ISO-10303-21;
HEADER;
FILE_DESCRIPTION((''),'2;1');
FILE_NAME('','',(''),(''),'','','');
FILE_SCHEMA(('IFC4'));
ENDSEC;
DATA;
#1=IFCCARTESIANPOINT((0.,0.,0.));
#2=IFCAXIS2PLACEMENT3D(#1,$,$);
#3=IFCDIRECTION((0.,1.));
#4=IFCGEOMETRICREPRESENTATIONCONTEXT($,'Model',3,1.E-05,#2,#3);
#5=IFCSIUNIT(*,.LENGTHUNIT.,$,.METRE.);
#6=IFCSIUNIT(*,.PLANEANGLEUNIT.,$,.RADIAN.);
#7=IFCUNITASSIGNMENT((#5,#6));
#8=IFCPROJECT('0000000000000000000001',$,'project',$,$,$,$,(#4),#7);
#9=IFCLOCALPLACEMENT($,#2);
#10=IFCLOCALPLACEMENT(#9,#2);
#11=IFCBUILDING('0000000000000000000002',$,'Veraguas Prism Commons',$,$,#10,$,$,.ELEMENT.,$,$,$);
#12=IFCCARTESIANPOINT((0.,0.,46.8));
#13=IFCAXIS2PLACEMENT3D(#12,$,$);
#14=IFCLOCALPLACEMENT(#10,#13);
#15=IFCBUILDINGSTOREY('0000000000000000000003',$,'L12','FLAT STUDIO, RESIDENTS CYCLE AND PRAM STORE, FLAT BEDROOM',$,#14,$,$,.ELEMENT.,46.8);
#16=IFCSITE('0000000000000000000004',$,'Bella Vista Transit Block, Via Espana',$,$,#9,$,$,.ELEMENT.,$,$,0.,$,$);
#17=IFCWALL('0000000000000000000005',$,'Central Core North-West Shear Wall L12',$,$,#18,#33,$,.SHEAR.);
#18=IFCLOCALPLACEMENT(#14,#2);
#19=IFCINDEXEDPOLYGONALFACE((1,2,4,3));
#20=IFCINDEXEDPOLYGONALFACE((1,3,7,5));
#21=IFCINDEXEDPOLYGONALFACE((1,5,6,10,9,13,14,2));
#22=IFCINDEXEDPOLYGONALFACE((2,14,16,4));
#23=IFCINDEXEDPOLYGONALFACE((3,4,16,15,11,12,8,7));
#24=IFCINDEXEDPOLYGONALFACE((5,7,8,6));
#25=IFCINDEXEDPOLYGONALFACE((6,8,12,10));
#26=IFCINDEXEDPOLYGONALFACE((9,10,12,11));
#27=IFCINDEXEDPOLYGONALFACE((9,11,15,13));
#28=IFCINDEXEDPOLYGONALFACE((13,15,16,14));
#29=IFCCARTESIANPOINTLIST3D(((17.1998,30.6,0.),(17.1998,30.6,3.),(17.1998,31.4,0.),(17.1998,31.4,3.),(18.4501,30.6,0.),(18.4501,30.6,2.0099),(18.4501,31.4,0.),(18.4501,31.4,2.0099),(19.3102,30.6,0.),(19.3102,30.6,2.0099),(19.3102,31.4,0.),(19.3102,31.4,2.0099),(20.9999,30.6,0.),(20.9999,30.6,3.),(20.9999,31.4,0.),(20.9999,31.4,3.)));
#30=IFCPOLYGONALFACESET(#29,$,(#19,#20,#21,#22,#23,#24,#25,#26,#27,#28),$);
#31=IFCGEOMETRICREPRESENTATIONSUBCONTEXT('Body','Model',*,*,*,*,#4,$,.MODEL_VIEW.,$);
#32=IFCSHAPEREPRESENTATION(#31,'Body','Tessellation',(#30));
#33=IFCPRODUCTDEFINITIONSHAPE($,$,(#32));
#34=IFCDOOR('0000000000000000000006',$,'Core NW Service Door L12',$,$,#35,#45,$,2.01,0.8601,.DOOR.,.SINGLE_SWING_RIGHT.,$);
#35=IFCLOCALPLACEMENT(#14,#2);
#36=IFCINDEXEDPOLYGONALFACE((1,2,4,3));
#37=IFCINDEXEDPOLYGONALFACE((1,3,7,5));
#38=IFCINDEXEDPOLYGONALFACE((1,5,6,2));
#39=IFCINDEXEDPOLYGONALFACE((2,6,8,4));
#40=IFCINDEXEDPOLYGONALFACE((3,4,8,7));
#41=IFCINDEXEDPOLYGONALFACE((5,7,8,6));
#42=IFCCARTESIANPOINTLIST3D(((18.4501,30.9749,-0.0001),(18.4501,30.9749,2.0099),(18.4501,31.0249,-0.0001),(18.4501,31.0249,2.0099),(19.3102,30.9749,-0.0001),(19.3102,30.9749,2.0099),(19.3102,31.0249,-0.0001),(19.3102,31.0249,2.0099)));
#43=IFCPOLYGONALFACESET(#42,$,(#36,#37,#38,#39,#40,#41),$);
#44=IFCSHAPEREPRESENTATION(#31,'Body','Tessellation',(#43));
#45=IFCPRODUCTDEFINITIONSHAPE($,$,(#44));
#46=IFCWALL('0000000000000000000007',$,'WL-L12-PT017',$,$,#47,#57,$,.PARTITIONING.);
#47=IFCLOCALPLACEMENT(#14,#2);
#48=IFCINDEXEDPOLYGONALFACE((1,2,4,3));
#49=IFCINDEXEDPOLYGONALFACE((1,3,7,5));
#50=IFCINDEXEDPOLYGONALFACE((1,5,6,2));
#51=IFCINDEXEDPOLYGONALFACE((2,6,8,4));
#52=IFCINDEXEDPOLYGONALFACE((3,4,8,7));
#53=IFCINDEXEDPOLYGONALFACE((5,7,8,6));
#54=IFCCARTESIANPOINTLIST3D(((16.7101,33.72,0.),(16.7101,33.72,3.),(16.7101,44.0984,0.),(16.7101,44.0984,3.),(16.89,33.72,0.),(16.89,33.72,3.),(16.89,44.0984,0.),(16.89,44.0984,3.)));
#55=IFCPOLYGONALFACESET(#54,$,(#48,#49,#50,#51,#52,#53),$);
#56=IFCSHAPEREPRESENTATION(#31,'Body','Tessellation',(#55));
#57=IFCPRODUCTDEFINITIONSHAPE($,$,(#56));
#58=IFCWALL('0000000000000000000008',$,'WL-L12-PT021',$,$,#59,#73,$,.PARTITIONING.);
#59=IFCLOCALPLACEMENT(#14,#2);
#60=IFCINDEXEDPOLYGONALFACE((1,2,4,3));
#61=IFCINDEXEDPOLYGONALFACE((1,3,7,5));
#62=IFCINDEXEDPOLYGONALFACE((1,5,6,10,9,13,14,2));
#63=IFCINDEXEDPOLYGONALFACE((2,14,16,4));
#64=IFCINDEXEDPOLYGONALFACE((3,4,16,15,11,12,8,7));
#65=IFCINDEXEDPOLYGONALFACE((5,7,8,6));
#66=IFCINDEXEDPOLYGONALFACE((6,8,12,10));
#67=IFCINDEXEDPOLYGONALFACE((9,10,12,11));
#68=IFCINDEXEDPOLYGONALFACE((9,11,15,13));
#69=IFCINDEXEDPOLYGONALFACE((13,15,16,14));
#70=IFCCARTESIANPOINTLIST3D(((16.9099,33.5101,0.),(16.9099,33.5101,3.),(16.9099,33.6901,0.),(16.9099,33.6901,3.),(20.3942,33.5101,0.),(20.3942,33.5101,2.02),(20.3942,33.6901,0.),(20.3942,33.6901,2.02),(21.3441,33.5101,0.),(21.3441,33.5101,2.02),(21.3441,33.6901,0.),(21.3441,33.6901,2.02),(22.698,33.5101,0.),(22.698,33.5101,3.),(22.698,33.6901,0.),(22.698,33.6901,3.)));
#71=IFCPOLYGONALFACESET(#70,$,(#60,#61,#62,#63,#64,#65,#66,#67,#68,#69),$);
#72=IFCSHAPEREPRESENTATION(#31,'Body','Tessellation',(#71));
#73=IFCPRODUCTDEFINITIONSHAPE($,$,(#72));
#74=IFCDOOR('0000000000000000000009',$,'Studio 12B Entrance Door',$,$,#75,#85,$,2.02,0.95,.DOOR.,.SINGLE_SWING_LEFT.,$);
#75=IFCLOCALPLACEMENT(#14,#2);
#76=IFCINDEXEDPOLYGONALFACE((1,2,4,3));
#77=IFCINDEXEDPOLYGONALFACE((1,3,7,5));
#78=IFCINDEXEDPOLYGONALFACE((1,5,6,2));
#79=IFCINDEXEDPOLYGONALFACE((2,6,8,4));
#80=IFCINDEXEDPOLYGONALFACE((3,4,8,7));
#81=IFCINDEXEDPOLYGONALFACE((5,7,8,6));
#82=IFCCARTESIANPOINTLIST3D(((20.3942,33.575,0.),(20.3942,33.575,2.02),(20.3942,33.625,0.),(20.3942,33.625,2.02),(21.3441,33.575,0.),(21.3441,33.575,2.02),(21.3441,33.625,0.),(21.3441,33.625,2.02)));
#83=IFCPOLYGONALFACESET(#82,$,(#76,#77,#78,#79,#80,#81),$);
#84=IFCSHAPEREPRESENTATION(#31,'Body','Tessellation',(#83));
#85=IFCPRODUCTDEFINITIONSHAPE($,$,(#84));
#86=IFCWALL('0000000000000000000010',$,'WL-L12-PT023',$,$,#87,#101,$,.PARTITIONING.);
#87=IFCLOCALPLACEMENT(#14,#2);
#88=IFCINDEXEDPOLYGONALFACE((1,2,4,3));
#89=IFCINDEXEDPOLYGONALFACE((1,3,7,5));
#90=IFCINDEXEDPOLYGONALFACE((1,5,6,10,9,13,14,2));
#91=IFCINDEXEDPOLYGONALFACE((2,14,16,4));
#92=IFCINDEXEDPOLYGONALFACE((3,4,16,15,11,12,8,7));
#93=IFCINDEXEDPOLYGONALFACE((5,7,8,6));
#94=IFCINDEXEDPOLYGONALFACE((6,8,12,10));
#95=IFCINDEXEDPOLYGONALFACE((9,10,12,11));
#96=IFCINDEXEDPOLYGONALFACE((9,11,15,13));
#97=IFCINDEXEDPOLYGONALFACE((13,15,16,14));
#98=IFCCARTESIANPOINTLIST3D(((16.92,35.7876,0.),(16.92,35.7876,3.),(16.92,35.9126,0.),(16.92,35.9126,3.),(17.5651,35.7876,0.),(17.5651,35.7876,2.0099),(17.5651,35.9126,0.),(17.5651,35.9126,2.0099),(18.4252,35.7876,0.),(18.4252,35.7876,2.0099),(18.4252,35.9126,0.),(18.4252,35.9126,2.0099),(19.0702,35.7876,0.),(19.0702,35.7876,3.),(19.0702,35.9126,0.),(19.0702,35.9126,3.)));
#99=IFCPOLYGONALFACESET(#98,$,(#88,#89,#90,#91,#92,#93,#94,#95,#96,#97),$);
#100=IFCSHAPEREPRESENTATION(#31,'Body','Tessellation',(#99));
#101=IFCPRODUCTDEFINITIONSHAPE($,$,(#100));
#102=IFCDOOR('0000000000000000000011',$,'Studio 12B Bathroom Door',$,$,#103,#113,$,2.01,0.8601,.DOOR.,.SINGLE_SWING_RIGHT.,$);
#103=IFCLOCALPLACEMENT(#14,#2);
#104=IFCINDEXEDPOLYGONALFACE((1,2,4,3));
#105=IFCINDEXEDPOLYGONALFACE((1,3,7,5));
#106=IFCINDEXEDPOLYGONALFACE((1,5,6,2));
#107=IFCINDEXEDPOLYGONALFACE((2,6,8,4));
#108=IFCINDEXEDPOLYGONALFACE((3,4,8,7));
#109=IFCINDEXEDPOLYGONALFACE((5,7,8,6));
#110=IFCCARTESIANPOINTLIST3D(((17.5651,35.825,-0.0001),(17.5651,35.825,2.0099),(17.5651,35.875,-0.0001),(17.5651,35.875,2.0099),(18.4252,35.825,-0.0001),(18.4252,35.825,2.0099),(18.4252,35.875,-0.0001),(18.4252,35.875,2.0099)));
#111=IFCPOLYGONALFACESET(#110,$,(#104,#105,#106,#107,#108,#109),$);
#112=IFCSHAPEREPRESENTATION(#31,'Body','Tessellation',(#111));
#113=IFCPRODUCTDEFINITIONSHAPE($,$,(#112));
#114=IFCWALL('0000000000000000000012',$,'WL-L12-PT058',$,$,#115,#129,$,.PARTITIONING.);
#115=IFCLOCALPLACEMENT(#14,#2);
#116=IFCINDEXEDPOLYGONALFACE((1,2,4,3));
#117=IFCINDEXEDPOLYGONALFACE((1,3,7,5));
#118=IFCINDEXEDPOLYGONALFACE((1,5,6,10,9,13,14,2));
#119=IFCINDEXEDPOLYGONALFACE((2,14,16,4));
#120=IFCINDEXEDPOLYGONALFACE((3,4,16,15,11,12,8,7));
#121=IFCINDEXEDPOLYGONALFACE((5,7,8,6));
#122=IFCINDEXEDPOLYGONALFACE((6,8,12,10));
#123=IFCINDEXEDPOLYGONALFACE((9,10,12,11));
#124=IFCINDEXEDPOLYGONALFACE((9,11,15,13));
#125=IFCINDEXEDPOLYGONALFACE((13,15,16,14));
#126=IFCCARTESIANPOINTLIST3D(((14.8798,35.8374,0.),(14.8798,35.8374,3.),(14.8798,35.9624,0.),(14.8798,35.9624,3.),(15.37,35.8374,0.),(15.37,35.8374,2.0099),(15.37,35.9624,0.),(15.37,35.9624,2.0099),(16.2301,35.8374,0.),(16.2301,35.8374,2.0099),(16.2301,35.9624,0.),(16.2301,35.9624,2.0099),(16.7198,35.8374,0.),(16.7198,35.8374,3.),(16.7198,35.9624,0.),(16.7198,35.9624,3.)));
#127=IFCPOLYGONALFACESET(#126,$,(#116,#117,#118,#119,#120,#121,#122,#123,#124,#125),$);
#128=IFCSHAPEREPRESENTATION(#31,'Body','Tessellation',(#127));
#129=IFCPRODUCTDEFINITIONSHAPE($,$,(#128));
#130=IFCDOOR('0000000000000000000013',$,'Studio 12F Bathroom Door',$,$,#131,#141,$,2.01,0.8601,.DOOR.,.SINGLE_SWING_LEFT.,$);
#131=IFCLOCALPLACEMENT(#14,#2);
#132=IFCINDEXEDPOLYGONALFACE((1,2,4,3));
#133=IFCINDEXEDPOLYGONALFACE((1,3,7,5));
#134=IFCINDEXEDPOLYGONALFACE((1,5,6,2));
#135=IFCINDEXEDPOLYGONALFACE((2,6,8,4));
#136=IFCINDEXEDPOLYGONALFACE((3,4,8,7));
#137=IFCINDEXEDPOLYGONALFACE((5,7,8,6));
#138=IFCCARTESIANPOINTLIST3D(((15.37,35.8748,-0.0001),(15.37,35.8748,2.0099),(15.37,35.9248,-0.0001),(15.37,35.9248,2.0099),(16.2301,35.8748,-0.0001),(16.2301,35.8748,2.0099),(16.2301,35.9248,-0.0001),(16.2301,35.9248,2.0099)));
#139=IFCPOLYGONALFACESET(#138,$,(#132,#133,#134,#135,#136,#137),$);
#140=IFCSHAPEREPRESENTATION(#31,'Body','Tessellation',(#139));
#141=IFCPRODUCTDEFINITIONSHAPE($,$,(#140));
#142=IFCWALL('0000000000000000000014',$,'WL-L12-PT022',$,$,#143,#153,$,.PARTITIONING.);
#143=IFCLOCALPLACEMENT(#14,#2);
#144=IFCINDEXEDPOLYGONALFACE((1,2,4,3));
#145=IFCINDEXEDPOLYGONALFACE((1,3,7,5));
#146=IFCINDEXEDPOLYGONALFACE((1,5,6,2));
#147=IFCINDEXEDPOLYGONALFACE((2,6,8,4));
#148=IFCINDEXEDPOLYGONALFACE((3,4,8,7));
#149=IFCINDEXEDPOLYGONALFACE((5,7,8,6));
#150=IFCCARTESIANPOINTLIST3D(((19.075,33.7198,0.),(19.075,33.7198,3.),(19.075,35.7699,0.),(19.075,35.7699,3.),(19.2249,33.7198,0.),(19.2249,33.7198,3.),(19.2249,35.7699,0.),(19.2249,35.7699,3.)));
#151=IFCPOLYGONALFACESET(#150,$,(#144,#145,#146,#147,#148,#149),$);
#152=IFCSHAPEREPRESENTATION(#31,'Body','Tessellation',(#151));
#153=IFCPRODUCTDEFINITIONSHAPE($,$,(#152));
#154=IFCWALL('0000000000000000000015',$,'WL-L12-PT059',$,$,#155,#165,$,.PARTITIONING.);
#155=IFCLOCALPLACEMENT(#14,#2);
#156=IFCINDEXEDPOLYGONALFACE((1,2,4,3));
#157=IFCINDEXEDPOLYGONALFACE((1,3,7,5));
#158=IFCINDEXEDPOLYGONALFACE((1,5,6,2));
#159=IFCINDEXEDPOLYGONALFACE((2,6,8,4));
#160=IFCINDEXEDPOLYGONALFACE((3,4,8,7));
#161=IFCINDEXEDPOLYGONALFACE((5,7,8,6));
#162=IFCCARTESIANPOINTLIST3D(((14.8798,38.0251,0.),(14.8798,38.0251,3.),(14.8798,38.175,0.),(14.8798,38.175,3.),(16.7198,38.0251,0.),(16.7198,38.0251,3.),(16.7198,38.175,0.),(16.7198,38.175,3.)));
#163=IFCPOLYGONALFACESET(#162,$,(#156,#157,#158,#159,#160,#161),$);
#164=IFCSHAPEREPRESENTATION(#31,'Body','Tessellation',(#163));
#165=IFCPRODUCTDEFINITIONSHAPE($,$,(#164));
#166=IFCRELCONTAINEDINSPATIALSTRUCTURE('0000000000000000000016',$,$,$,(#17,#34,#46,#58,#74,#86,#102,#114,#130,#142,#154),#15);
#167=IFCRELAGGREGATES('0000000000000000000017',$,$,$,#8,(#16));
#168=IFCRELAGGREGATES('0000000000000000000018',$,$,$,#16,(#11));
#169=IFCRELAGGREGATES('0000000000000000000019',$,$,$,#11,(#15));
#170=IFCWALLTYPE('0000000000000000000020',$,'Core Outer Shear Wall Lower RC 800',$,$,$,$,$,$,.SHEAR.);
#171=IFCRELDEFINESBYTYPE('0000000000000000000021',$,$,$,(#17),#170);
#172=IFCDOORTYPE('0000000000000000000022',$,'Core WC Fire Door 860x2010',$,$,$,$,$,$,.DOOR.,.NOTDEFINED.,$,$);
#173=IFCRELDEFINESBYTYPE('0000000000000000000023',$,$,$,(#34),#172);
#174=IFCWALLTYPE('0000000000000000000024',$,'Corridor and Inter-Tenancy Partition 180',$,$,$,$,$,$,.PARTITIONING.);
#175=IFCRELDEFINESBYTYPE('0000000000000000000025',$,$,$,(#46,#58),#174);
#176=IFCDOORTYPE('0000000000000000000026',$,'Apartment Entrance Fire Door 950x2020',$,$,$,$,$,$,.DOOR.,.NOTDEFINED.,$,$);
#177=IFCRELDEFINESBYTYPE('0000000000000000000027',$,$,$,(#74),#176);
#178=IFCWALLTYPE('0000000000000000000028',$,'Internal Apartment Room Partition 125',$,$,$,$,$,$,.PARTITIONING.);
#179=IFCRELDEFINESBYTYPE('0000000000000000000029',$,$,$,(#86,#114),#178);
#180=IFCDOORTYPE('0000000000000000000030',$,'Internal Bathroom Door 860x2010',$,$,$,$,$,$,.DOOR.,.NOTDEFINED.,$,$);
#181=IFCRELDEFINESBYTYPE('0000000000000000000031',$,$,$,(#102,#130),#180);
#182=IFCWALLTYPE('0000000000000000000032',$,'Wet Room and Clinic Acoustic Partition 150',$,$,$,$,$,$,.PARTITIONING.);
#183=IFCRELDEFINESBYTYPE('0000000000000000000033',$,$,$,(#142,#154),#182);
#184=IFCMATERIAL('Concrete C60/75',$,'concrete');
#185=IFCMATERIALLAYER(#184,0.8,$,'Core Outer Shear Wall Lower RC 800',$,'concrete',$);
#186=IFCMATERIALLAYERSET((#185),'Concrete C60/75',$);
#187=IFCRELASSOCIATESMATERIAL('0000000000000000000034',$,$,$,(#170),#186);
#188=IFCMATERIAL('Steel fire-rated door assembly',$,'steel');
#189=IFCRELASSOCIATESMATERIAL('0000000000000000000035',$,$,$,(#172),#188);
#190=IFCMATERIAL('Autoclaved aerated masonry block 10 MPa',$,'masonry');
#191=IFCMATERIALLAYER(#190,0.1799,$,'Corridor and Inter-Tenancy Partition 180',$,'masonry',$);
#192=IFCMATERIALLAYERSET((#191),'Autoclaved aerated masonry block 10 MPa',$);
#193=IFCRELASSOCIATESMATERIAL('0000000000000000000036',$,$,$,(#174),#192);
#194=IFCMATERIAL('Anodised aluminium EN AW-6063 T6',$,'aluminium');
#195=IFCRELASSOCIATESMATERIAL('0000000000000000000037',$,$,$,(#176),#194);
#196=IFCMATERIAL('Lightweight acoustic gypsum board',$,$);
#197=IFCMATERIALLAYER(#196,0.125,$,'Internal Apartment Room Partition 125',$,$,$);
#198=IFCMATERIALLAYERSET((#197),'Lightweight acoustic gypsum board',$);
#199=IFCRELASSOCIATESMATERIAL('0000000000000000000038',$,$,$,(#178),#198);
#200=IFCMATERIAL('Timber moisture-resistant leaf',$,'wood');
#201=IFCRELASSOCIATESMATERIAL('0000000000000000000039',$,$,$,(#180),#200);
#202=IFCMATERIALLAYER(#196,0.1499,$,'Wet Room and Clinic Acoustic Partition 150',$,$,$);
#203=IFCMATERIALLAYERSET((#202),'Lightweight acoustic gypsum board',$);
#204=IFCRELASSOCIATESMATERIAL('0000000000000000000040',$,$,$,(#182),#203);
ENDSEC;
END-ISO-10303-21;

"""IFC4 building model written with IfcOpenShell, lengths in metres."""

from ifc_helpers import new_model, si_unit, direction, frame, frame_2d, origin, place, context, subcontext, project, spatial, rectangle, extrude, source, transform, mapped, material, layer, layer_set, type_object, element, fill, save


model = new_model("IFC4")

# Units and contexts
model_context = context("Model", 3, precision=1e-05, world=origin(), true_north=direction((0.0, 1.0)))
body_context = subcontext(model_context, "Body", "Model", "MODEL_VIEW")
ifc_project = project(units=[si_unit("LENGTHUNIT", "METRE"), si_unit("PLANEANGLEUNIT", "RADIAN")], contexts=[model_context])

# Site, building, storey
site_placement = place(None, origin())
site = spatial("IfcSite", under=ifc_project, at=site_placement, Name="Bella Vista Transit Block, Via Espana", CompositionType="ELEMENT", RefElevation=0.0)
building_placement = place(site_placement, origin())
building = spatial("IfcBuilding", under=site, at=building_placement, Name="Veraguas Prism Commons", CompositionType="ELEMENT")
storey_placement = place(building_placement, frame((0.0, 0.0, 46.8)))
storey = spatial("IfcBuildingStorey", under=building, at=storey_placement, Name="L12", Description="FLAT STUDIO, RESIDENTS CYCLE AND PRAM STORE, FLAT BEDROOM", CompositionType="ELEMENT", Elevation=46.8)

# Shared definitions
ifc_material_1 = material(Name="Concrete C60/75", Category="concrete")

# Shared definitions
ifc_material_2 = material(Name="Anodised aluminium EN AW-6063 T6", Category="aluminium")

# Wall, opening, door
ifc_layer_1 = layer(ifc_material_1, 0.8, Name="Core Outer Shear Wall Lower RC 800", Category="concrete")
ifc_layer_set_1 = layer_set([ifc_layer_1], Name="Concrete C60/75")
wall_type_1 = type_object("IfcWallType", Name="Core Outer Shear Wall Lower RC 800", PredefinedType="SHEAR", material=ifc_layer_set_1)
wall_1_placement = place(storey_placement, frame((17.2, 31.0, 0.0), z_axis=(0.0, 0.0, 1.0), x_axis=(1.0, 0.0, 0.0)))
wall_1 = element("IfcWall", 1, at=wall_1_placement, inside=storey, type_object=wall_type_1, Name="Central Core North-West Shear Wall L12", PredefinedType="SHEAR", context=body_context, shape_type="SweptSolid", body=[
    extrude(rectangle(XDim=3.8, YDim=0.8, at=frame_2d((1.8999, 0.0))), origin(), (0.0, 0.0, 1.0), 3.0),
])
opening_1_placement = place(wall_1_placement, frame((1.25, 0.0, 0.0)))
opening_1 = element("IfcOpeningElement", 2, at=opening_1_placement, cuts=wall_1, PredefinedType="OPENING", context=body_context, shape_type="SweptSolid", body=[
    extrude(rectangle(XDim=0.8601, YDim=2.01, at=frame_2d((0.4302, 1.0049))), frame((0.0, 0.4099, 0.0), z_axis=(0.0, -1.0, 0.0), x_axis=(1.0, 0.0, 0.0)), (0.0, 0.0, 1.0), 0.8201),
])
ifc_material_3 = material(Name="Steel fire-rated door assembly", Category="steel")
door_type_1 = type_object("IfcDoorType", Name="Core WC Fire Door 860x2010", OperationType="NOTDEFINED", PredefinedType="DOOR", material=ifc_material_3)
shared_shape_1 = source(origin(), body_context, "Body", "SweptSolid", [
    extrude(rectangle(XDim=0.8601, YDim=2.01, at=frame_2d((0.4302, 1.0049))), frame((0.0, 0.0249, 0.0), z_axis=(0.0, -1.0, 0.0), x_axis=(1.0, 0.0, 0.0)), (0.0, 0.0, 1.0), 0.05),
])
door_1_placement = place(opening_1_placement, origin())
door_1 = element("IfcDoor", 3, at=door_1_placement, inside=storey, type_object=door_type_1, Name="Core NW Service Door L12", OperationType="SINGLE_SWING_RIGHT", OverallHeight=2.01, OverallWidth=0.8601, PredefinedType="DOOR", context=body_context, shape_type="MappedRepresentation", body=[
    mapped(shared_shape_1, transform((0.0, 0.0, 0.0), scale=1.0)),
])
fill(opening_1, door_1)

# Wall
ifc_material_4 = material(Name="Autoclaved aerated masonry block 10 MPa", Category="masonry")
ifc_layer_2 = layer(ifc_material_4, 0.1799, Name="Corridor and Inter-Tenancy Partition 180", Category="masonry")
ifc_layer_set_2 = layer_set([ifc_layer_2], Name="Autoclaved aerated masonry block 10 MPa")
wall_type_2 = type_object("IfcWallType", Name="Corridor and Inter-Tenancy Partition 180", PredefinedType="PARTITIONING", material=ifc_layer_set_2)
wall_2_placement = place(storey_placement, frame((16.8, 33.72, 0.0), z_axis=(0.0, 0.0, 1.0), x_axis=(0.0, 1.0, 0.0)))
element("IfcWall", 4, at=wall_2_placement, inside=storey, type_object=wall_type_2, Name="WL-L12-PT017", PredefinedType="PARTITIONING", context=body_context, shape_type="SweptSolid", body=[
    extrude(rectangle(XDim=10.3784, YDim=0.1799, at=frame_2d((5.1892, 0.0))), origin(), (0.0, 0.0, 1.0), 3.0),
])

# Walls, openings, doors
wall_3_placement = place(storey_placement, frame((16.9099, 33.6001, 0.0), z_axis=(0.0, 0.0, 1.0), x_axis=(1.0, 0.0, 0.0)))
wall_3 = element("IfcWall", 5, at=wall_3_placement, inside=storey, type_object=wall_type_2, Name="WL-L12-PT021", PredefinedType="PARTITIONING", context=body_context, shape_type="SweptSolid", body=[
    extrude(rectangle(XDim=5.7881, YDim=0.1799, at=frame_2d((2.894, 0.0))), origin(), (0.0, 0.0, 1.0), 3.0),
])
opening_2_placement = place(wall_3_placement, frame((3.4841, 0.0, 0.0)))
opening_2 = element("IfcOpeningElement", 6, at=opening_2_placement, cuts=wall_3, PredefinedType="OPENING", context=body_context, shape_type="SweptSolid", body=[
    extrude(rectangle(XDim=0.95, YDim=2.02, at=frame_2d((0.4751, 1.01))), frame((0.0, 0.0999, 0.0), z_axis=(0.0, -1.0, 0.0), x_axis=(1.0, 0.0, 0.0)), (0.0, 0.0, 1.0), 0.2),
])
door_type_2 = type_object("IfcDoorType", Name="Apartment Entrance Fire Door 950x2020", OperationType="NOTDEFINED", PredefinedType="DOOR", material=ifc_material_2)
shared_shape_2 = source(origin(), body_context, "Body", "SweptSolid", [
    extrude(rectangle(XDim=0.95, YDim=2.02, at=frame_2d((0.4751, 1.01))), frame((0.0, 0.0249, 0.0), z_axis=(0.0, -1.0, 0.0), x_axis=(1.0, 0.0, 0.0)), (0.0, 0.0, 1.0), 0.05),
])
door_2_placement = place(opening_2_placement, origin())
door_2 = element("IfcDoor", 7, at=door_2_placement, inside=storey, type_object=door_type_2, Name="Studio 12B Entrance Door", OperationType="SINGLE_SWING_LEFT", OverallHeight=2.02, OverallWidth=0.95, PredefinedType="DOOR", context=body_context, shape_type="MappedRepresentation", body=[
    mapped(shared_shape_2, transform((0.0, 0.0, 0.0), scale=1.0)),
])
fill(opening_2, door_2)
ifc_material_5 = material(Name="Lightweight acoustic gypsum board")
ifc_layer_3 = layer(ifc_material_5, 0.125, Name="Internal Apartment Room Partition 125")
ifc_layer_set_3 = layer_set([ifc_layer_3], Name="Lightweight acoustic gypsum board")
wall_type_3 = type_object("IfcWallType", Name="Internal Apartment Room Partition 125", PredefinedType="PARTITIONING", material=ifc_layer_set_3)
wall_4_placement = place(storey_placement, frame((16.9199, 35.8501, 0.0), z_axis=(0.0, 0.0, 1.0), x_axis=(1.0, 0.0, 0.0)))
wall_4 = element("IfcWall", 8, at=wall_4_placement, inside=storey, type_object=wall_type_3, Name="WL-L12-PT023", PredefinedType="PARTITIONING", context=body_context, shape_type="SweptSolid", body=[
    extrude(rectangle(XDim=2.1501, YDim=0.125, at=frame_2d((1.0752, 0.0))), origin(), (0.0, 0.0, 1.0), 3.0),
])
opening_3_placement = place(wall_4_placement, frame((0.645, 0.0, 0.0)))
opening_3 = element("IfcOpeningElement", 9, at=opening_3_placement, cuts=wall_4, PredefinedType="OPENING", context=body_context, shape_type="SweptSolid", body=[
    extrude(rectangle(XDim=0.8601, YDim=2.01, at=frame_2d((0.4302, 1.0049))), frame((0.0, 0.0725, 0.0), z_axis=(0.0, -1.0, 0.0), x_axis=(1.0, 0.0, 0.0)), (0.0, 0.0, 1.0), 0.145),
])
ifc_material_6 = material(Name="Timber moisture-resistant leaf", Category="wood")
door_type_3 = type_object("IfcDoorType", Name="Internal Bathroom Door 860x2010", OperationType="NOTDEFINED", PredefinedType="DOOR", material=ifc_material_6)
door_3_placement = place(opening_3_placement, origin())
door_3 = element("IfcDoor", 10, at=door_3_placement, inside=storey, type_object=door_type_3, Name="Studio 12B Bathroom Door", OperationType="SINGLE_SWING_RIGHT", OverallHeight=2.01, OverallWidth=0.8601, PredefinedType="DOOR", context=body_context, shape_type="MappedRepresentation", body=[
    mapped(shared_shape_1, transform((0.0, 0.0, 0.0), scale=1.0)),
])
fill(opening_3, door_3)
wall_5_placement = place(storey_placement, frame((14.8799, 35.8999, 0.0), z_axis=(0.0, 0.0, 1.0), x_axis=(1.0, 0.0, 0.0)))
wall_5 = element("IfcWall", 11, at=wall_5_placement, inside=storey, type_object=wall_type_3, Name="WL-L12-PT058", PredefinedType="PARTITIONING", context=body_context, shape_type="SweptSolid", body=[
    extrude(rectangle(XDim=1.8401, YDim=0.125, at=frame_2d((0.9199, 0.0))), origin(), (0.0, 0.0, 1.0), 3.0),
])
opening_4_placement = place(wall_5_placement, frame((0.49, 0.0, 0.0)))
opening_4 = element("IfcOpeningElement", 12, at=opening_4_placement, cuts=wall_5, PredefinedType="OPENING", context=body_context, shape_type="SweptSolid", body=[
    extrude(rectangle(XDim=0.8601, YDim=2.01, at=frame_2d((0.4302, 1.0049))), frame((0.0, 0.0725, 0.0), z_axis=(0.0, -1.0, 0.0), x_axis=(1.0, 0.0, 0.0)), (0.0, 0.0, 1.0), 0.145),
])
door_4_placement = place(opening_4_placement, origin())
door_4 = element("IfcDoor", 13, at=door_4_placement, inside=storey, type_object=door_type_3, Name="Studio 12F Bathroom Door", OperationType="SINGLE_SWING_LEFT", OverallHeight=2.01, OverallWidth=0.8601, PredefinedType="DOOR", context=body_context, shape_type="MappedRepresentation", body=[
    mapped(shared_shape_1, transform((0.0, 0.0, 0.0), scale=1.0)),
])
fill(opening_4, door_4)

# Walls
ifc_layer_4 = layer(ifc_material_5, 0.1499, Name="Wet Room and Clinic Acoustic Partition 150")
ifc_layer_set_4 = layer_set([ifc_layer_4], Name="Lightweight acoustic gypsum board")
wall_type_4 = type_object("IfcWallType", Name="Wet Room and Clinic Acoustic Partition 150", PredefinedType="PARTITIONING", material=ifc_layer_set_4)
wall_6_placement = place(storey_placement, frame((19.1499, 33.72, 0.0), z_axis=(0.0, 0.0, 1.0), x_axis=(0.0, 1.0, 0.0)))
element("IfcWall", 14, at=wall_6_placement, inside=storey, type_object=wall_type_4, Name="WL-L12-PT022", PredefinedType="PARTITIONING", context=body_context, shape_type="SweptSolid", body=[
    extrude(rectangle(XDim=2.05, YDim=0.1499, at=frame_2d((1.0249, 0.0))), origin(), (0.0, 0.0, 1.0), 3.0),
])
wall_7_placement = place(storey_placement, frame((14.8799, 38.1001, 0.0), z_axis=(0.0, 0.0, 1.0), x_axis=(1.0, 0.0, 0.0)))
element("IfcWall", 15, at=wall_7_placement, inside=storey, type_object=wall_type_4, Name="WL-L12-PT059", PredefinedType="PARTITIONING", context=body_context, shape_type="SweptSolid", body=[
    extrude(rectangle(XDim=1.8401, YDim=0.1499, at=frame_2d((0.9199, 0.0))), origin(), (0.0, 0.0, 1.0), 3.0),
])

save(model, "model.ifc")
